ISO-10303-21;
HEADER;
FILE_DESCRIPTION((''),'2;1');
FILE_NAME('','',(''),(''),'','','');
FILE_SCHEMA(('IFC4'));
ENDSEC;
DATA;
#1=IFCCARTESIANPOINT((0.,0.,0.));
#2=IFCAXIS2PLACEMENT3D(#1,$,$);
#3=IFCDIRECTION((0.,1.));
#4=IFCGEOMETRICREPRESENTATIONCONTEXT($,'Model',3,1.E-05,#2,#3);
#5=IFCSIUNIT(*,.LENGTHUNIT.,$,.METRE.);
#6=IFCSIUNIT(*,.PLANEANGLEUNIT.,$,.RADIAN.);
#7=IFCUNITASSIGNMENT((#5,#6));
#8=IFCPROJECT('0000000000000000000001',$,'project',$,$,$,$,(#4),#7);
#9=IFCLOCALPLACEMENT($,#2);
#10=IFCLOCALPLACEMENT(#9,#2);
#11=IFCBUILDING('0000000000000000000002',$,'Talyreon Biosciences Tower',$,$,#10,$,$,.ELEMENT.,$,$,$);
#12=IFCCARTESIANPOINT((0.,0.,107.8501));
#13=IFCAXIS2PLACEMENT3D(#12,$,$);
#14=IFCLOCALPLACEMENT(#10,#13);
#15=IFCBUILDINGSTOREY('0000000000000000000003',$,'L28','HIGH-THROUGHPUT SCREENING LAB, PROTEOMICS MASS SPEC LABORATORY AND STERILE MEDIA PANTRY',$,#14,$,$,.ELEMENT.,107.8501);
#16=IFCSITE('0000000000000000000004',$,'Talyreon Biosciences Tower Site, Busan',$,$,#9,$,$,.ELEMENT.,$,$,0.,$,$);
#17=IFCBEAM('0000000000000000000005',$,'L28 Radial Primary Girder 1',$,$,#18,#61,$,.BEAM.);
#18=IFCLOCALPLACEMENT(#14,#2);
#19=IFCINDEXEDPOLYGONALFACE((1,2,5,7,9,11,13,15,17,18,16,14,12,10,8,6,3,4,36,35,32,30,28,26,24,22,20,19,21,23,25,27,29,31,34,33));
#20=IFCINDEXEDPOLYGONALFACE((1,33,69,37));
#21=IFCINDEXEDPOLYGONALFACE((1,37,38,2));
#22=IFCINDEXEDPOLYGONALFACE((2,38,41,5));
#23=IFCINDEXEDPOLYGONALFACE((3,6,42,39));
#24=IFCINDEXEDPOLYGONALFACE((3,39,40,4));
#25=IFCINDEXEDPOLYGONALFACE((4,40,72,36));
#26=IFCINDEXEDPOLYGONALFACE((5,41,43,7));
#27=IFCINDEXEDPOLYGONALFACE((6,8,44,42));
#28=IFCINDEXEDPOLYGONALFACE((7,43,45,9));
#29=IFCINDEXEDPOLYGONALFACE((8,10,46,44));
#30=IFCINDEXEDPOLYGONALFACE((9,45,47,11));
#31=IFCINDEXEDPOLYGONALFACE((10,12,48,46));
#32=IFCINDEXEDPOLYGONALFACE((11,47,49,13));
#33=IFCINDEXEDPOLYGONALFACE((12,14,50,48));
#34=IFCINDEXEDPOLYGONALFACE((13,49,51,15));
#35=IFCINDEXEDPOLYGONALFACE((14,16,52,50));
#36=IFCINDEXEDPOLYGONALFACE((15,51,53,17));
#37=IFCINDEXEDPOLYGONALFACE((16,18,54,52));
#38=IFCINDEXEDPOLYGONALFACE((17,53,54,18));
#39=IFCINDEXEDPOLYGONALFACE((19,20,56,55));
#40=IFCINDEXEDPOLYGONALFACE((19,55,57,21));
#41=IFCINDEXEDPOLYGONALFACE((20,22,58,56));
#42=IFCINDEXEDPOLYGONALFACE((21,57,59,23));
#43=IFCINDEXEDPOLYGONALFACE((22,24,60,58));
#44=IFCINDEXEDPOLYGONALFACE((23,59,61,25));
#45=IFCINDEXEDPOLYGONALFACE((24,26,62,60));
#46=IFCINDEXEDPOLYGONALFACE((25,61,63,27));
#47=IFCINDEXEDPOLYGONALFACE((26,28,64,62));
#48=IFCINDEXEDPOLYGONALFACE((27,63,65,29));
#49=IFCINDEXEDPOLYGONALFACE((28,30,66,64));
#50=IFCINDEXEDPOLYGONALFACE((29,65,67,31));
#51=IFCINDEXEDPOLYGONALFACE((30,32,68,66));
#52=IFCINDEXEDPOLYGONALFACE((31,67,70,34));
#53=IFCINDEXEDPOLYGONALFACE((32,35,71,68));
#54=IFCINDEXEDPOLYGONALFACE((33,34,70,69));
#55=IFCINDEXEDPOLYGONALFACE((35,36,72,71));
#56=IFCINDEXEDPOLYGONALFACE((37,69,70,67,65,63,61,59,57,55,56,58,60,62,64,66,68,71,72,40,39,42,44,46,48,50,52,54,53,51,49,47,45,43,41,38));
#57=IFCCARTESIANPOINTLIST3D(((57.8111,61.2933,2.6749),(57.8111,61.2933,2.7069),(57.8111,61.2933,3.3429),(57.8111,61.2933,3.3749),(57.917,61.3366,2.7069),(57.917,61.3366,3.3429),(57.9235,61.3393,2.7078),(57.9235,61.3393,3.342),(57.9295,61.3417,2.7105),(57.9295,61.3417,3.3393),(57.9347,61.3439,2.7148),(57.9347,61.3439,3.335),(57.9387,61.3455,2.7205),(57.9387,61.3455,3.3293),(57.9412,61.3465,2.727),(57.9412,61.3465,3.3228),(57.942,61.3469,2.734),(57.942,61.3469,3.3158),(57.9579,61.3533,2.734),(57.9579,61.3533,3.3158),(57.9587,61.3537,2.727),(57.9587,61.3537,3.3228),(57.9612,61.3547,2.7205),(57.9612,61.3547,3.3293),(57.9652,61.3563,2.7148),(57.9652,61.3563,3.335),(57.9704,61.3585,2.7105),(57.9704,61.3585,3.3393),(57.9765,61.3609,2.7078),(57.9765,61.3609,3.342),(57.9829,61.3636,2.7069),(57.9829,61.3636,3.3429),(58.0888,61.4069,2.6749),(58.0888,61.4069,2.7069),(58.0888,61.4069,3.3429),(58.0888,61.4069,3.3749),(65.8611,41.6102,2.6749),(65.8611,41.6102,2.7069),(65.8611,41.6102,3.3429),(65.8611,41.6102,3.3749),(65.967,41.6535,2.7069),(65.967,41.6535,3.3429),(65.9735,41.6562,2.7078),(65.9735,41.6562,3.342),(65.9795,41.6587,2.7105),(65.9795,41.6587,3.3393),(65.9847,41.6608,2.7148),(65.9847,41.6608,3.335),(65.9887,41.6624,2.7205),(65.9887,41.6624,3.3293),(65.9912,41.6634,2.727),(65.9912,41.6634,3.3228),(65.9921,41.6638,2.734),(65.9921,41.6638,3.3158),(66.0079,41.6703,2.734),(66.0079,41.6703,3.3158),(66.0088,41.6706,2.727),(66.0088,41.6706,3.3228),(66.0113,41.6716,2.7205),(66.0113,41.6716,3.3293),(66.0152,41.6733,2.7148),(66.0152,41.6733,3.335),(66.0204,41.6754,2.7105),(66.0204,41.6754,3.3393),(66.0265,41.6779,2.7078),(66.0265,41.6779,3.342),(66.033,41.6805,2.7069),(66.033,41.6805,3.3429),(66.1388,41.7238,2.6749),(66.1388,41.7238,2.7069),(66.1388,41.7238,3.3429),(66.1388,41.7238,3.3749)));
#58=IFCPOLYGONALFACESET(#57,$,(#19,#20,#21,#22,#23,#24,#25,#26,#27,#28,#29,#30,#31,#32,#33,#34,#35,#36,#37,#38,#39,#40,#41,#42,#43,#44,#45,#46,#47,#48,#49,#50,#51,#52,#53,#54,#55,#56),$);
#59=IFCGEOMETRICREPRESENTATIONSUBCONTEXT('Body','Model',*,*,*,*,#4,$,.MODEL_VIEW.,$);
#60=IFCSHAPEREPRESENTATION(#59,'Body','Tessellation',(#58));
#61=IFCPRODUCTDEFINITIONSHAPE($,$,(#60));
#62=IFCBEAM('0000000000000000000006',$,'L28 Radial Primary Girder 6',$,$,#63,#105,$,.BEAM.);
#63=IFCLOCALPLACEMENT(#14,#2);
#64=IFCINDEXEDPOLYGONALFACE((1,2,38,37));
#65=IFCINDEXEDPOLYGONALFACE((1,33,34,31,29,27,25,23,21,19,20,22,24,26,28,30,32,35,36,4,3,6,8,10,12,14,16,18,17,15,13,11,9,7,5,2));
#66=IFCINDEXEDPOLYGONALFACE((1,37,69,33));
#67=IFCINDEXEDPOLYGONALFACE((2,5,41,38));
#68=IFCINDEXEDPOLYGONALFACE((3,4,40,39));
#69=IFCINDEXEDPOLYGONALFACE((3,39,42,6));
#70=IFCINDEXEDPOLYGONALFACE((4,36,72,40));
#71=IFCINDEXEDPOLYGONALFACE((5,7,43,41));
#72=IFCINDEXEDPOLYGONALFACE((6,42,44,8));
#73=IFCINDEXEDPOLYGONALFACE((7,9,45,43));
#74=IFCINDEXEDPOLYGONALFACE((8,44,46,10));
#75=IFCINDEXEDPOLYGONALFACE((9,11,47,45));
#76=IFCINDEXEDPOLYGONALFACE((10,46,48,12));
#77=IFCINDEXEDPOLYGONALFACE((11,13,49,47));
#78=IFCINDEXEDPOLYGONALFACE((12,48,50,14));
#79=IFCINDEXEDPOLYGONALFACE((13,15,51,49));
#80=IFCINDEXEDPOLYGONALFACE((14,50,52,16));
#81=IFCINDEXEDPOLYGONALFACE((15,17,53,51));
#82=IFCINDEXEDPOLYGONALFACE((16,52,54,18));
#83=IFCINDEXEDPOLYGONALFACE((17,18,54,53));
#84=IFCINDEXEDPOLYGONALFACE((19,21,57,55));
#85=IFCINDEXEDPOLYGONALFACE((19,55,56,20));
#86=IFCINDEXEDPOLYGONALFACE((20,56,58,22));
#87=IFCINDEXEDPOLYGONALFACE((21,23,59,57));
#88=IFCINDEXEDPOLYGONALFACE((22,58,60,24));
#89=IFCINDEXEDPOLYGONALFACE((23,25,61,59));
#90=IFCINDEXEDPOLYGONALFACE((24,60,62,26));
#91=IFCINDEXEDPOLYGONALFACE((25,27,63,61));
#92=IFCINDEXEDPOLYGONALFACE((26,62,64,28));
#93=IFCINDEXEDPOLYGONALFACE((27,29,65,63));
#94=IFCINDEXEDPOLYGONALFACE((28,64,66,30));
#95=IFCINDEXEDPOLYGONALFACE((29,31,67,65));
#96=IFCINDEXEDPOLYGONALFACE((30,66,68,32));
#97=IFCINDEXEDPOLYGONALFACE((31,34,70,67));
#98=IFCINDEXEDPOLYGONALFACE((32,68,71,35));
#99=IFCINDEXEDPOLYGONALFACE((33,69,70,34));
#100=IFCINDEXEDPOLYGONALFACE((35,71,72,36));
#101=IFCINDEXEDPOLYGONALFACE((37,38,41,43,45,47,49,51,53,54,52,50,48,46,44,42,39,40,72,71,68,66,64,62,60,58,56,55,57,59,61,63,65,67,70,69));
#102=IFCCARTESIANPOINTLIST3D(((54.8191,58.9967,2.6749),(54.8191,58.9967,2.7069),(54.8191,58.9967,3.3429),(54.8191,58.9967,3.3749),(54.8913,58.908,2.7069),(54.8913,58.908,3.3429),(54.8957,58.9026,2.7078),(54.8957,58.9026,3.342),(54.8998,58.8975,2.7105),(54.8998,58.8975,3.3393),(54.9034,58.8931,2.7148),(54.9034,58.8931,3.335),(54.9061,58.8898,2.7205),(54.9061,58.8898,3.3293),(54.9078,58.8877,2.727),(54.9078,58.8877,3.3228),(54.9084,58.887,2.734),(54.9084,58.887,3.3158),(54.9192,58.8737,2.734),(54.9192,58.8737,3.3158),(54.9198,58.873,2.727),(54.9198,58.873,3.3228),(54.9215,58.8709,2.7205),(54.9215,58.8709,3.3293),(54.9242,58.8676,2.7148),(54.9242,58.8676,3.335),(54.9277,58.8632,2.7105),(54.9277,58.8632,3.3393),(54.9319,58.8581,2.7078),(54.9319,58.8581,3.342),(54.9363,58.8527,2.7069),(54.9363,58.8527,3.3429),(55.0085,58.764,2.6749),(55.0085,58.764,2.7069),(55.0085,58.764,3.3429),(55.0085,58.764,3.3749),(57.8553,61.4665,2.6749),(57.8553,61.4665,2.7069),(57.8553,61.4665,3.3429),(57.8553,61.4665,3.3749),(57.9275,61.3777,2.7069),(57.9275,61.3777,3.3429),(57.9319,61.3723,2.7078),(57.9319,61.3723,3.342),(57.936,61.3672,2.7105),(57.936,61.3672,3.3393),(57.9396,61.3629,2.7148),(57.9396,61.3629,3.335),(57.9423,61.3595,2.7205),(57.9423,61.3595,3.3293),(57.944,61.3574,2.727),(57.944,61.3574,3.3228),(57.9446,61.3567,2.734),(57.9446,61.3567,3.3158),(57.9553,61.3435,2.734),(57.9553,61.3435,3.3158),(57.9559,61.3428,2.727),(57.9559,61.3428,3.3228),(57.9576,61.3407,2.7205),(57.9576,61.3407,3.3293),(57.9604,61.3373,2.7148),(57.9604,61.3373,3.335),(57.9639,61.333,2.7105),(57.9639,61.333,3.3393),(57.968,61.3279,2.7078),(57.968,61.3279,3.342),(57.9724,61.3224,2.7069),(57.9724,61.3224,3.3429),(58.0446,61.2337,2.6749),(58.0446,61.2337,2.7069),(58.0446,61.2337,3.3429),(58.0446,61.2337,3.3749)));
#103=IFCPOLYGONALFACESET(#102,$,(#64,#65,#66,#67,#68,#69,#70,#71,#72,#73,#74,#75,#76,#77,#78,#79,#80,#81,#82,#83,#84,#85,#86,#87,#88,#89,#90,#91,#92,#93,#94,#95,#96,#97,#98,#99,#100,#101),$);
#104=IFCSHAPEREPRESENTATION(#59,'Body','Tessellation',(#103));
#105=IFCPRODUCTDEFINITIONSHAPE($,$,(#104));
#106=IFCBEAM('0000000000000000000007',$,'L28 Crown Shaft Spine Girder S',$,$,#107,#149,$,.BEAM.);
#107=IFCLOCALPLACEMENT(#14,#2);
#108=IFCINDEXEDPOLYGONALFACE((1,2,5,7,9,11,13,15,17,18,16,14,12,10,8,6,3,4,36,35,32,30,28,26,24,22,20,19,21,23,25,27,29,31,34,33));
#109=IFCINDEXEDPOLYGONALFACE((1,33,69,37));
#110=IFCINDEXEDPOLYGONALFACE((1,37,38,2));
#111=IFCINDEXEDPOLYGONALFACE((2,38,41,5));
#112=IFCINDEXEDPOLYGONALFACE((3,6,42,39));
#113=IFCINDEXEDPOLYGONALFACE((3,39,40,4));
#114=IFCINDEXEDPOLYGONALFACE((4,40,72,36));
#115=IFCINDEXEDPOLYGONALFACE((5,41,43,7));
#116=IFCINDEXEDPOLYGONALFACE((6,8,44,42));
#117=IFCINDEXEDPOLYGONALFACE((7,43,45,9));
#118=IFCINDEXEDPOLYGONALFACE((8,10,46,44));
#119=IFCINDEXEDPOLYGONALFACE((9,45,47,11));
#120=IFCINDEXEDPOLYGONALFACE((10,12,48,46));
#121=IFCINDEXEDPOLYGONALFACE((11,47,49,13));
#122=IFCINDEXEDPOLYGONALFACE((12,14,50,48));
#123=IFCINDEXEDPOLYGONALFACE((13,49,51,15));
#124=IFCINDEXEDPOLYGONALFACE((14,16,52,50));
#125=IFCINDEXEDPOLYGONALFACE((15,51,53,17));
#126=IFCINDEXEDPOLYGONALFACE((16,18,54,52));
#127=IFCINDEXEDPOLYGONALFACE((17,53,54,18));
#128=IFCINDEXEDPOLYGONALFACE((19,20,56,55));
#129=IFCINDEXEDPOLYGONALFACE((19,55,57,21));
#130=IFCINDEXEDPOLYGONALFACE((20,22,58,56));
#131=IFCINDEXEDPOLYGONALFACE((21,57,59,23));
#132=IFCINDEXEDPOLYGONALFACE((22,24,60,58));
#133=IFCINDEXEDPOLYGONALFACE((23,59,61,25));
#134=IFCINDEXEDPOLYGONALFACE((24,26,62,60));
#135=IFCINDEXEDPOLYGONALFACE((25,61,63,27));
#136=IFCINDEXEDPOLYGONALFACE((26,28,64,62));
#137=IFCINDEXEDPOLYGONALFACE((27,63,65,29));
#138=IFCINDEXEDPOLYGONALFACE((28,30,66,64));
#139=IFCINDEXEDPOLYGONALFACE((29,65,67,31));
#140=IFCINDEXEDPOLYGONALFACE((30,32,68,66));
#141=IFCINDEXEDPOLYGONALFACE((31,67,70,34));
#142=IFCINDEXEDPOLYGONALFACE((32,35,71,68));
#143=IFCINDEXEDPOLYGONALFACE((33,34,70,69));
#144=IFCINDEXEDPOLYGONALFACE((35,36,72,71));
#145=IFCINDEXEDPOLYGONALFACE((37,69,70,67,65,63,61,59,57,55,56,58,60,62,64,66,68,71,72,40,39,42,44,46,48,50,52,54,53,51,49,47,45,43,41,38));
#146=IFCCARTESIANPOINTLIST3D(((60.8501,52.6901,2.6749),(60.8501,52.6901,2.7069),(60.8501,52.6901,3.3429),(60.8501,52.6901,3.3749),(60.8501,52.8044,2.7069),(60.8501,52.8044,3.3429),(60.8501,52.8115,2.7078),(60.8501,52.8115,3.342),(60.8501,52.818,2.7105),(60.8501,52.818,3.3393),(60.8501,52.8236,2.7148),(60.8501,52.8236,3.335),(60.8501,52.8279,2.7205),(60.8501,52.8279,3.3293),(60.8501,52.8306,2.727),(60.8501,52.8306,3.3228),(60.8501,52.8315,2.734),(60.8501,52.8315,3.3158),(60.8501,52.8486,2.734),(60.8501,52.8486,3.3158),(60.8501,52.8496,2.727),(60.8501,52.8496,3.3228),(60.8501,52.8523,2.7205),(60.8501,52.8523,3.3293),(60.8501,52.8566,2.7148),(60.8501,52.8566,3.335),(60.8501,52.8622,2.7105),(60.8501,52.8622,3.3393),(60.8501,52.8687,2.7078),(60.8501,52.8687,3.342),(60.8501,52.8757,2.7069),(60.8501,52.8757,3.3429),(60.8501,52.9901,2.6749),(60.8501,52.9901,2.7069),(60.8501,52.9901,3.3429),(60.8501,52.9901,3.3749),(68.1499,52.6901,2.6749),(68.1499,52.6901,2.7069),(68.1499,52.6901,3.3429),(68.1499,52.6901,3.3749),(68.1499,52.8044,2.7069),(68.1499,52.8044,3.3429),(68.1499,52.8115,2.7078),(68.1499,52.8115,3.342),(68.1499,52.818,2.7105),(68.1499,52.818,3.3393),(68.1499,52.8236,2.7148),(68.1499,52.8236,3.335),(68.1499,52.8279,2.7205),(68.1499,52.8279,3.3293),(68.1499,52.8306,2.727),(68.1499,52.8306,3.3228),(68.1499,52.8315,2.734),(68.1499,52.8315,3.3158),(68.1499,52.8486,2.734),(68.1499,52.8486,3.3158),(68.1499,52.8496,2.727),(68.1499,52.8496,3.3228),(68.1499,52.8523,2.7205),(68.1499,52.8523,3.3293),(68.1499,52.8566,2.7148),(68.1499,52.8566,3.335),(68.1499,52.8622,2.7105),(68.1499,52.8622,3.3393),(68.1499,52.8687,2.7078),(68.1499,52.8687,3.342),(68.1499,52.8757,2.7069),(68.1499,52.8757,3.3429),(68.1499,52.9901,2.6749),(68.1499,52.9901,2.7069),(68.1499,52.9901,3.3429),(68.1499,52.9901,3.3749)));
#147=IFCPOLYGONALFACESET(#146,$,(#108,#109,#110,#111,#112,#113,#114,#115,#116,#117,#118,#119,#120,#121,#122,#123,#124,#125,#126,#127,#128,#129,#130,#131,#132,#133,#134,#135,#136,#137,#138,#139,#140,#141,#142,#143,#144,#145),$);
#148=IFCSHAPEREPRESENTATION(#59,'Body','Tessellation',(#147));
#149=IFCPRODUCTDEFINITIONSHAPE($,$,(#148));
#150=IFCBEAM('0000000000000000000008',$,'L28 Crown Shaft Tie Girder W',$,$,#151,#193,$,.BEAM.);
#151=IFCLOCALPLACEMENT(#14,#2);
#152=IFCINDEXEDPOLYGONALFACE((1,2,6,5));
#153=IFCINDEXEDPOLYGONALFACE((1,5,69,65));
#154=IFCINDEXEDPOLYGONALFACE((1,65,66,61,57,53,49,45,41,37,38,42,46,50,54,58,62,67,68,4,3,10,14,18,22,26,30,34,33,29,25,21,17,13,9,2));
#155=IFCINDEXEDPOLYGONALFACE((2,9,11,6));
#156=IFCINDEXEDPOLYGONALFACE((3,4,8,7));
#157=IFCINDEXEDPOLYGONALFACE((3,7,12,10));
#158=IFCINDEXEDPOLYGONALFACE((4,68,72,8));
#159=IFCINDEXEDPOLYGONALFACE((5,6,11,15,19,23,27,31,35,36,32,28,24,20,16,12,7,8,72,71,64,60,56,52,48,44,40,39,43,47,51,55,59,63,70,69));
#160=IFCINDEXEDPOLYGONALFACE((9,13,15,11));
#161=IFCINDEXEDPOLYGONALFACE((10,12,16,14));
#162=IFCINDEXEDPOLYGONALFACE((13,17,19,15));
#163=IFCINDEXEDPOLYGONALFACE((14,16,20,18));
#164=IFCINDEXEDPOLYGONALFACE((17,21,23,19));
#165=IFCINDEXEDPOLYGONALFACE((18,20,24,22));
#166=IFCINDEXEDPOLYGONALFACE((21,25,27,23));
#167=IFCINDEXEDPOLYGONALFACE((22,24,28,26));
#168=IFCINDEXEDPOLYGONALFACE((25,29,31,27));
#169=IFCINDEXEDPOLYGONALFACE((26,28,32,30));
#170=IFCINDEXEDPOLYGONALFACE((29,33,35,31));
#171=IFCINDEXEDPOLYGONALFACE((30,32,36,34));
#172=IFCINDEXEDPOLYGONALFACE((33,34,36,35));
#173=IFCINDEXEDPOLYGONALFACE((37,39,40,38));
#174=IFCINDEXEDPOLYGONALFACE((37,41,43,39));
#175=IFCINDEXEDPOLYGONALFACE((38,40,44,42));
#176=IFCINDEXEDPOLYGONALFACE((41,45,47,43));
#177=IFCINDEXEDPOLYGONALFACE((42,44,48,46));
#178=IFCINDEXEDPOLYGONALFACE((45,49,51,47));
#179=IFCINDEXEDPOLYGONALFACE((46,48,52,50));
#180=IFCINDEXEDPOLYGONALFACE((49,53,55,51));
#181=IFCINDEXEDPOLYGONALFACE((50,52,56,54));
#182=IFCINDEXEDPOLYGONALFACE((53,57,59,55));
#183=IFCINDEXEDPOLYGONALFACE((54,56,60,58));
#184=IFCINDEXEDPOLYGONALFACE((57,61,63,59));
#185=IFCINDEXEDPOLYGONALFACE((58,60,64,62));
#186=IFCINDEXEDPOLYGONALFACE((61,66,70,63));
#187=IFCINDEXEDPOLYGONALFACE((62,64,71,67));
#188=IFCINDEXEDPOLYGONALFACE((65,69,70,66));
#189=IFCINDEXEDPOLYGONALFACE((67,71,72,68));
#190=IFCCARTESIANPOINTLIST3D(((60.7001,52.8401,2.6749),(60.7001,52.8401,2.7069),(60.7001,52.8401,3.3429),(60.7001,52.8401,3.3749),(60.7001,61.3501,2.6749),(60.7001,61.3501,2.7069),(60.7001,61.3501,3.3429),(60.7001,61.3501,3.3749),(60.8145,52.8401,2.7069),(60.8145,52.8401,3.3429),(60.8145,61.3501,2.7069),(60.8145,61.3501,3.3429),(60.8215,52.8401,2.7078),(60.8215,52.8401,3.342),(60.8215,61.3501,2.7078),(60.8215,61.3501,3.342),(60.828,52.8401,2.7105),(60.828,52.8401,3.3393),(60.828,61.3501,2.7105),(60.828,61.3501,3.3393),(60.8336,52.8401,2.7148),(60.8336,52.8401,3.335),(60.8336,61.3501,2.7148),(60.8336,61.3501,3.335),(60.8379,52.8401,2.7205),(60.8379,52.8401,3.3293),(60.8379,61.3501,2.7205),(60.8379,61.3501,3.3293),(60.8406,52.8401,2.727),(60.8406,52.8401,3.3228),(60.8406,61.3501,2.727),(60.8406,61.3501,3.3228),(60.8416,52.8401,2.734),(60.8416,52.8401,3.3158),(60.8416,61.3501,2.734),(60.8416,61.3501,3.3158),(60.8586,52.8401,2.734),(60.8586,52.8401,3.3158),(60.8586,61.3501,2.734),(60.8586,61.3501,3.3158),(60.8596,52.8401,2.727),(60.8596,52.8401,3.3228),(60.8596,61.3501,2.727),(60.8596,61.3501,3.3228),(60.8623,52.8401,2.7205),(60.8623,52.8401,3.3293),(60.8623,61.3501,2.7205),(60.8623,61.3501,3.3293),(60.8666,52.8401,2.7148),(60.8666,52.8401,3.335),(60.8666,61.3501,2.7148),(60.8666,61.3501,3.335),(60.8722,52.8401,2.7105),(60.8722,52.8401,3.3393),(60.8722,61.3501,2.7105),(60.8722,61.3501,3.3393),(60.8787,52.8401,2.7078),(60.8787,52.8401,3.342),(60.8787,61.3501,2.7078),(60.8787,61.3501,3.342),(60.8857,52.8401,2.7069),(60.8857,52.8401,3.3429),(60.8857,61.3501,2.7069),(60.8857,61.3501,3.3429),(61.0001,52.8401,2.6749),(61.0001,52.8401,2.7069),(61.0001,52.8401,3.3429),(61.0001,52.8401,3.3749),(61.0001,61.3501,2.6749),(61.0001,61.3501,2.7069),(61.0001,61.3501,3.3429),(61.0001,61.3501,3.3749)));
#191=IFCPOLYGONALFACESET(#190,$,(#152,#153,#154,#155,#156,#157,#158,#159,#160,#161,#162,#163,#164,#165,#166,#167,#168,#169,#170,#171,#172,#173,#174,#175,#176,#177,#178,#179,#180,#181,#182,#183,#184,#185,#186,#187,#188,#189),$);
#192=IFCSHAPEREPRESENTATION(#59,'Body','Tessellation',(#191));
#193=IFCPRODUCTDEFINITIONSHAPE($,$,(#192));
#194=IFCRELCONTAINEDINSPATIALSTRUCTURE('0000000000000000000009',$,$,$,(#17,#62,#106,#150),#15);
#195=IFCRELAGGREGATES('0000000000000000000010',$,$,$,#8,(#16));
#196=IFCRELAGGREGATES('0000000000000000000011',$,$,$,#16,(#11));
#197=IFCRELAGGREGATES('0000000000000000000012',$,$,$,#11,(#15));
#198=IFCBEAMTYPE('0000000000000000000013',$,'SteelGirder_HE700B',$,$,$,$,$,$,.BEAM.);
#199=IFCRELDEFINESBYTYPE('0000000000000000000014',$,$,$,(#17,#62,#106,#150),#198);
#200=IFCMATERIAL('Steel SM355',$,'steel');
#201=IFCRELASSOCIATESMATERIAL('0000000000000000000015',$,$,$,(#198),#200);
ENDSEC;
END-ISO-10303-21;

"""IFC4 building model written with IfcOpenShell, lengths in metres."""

from ifc_helpers import new_model, si_unit, direction, frame, origin, origin_2d, place, context, subcontext, project, spatial, i_section, extrude, material, material_profile, profile_set, type_object, element, save


model = new_model("IFC4")

# Units and contexts
model_context = context("Model", 3, precision=1e-05, world=origin(), true_north=direction((0.0, 1.0)))
body_context = subcontext(model_context, "Body", "Model", "MODEL_VIEW")
ifc_project = project(units=[si_unit("LENGTHUNIT", "METRE"), si_unit("PLANEANGLEUNIT", "RADIAN")], contexts=[model_context])

# Site, building, storey
site_placement = place(None, origin())
site = spatial("IfcSite", under=ifc_project, at=site_placement, Name="Talyreon Biosciences Tower Site, Busan", CompositionType="ELEMENT", RefElevation=0.0)
building_placement = place(site_placement, origin())
building = spatial("IfcBuilding", under=site, at=building_placement, Name="Talyreon Biosciences Tower", CompositionType="ELEMENT")
storey_placement = place(building_placement, frame((0.0, 0.0, 107.8501)))
storey = spatial("IfcBuildingStorey", under=building, at=storey_placement, Name="L28", Description="HIGH-THROUGHPUT SCREENING LAB, PROTEOMICS MASS SPEC LABORATORY AND STERILE MEDIA PANTRY", CompositionType="ELEMENT", Elevation=107.8501)

# Beams
ifc_material_1 = material(Name="Steel SM355", Category="steel")
ifc_material_profile_1 = material_profile(ifc_material_1, i_section(OverallWidth=0.3, OverallDepth=0.7, WebThickness=0.0171, FlangeThickness=0.032, FilletRadius=0.0271, at=origin_2d()), Name="HE700B")
ifc_profile_set_1 = profile_set([ifc_material_profile_1], Name="Steel SM355")
beam_type_1 = type_object("IfcBeamType", Name="SteelGirder_HE700B", PredefinedType="BEAM", material=ifc_profile_set_1)
beam_1_placement = place(storey_placement, frame((57.95, 61.3501, 3.0249), z_axis=(0.378547, -0.925582, 0.0), x_axis=(0.925582, 0.378547, 0.0)))
element("IfcBeam", 1, at=beam_1_placement, inside=storey, type_object=beam_type_1, Name="L28 Radial Primary Girder 1", PredefinedType="BEAM", context=body_context, shape_type="SweptSolid", body=[
    extrude(i_section(OverallWidth=0.3, OverallDepth=0.7, WebThickness=0.0171, FlangeThickness=0.032, FilletRadius=0.0271, at=origin_2d()), origin(), (0.0, 0.0, 1.0), 21.2656),
])
beam_2_placement = place(storey_placement, frame((57.95, 61.3501, 3.0249), z_axis=(-0.775755, -0.631034, 0.0), x_axis=(0.631034, -0.775755, 0.0)))
element("IfcBeam", 2, at=beam_2_placement, inside=storey, type_object=beam_type_1, Name="L28 Radial Primary Girder 6", PredefinedType="BEAM", context=body_context, shape_type="SweptSolid", body=[
    extrude(i_section(OverallWidth=0.3, OverallDepth=0.7, WebThickness=0.0171, FlangeThickness=0.032, FilletRadius=0.0271, at=origin_2d()), origin(), (0.0, 0.0, 1.0), 3.9138),
])
beam_3_placement = place(storey_placement, frame((60.8501, 52.8401, 3.0249), z_axis=(1.0, 0.0, 0.0), x_axis=(0.0, 1.0, 0.0)))
element("IfcBeam", 3, at=beam_3_placement, inside=storey, type_object=beam_type_1, Name="L28 Crown Shaft Spine Girder S", PredefinedType="BEAM", context=body_context, shape_type="SweptSolid", body=[
    extrude(i_section(OverallWidth=0.3, OverallDepth=0.7, WebThickness=0.0171, FlangeThickness=0.032, FilletRadius=0.0271, at=origin_2d()), origin(), (0.0, 0.0, 1.0), 7.2998),
])
beam_4_placement = place(storey_placement, frame((60.8501, 52.8401, 3.0249), z_axis=(0.0, 1.0, 0.0), x_axis=(-1.0, 0.0, 0.0)))
element("IfcBeam", 4, at=beam_4_placement, inside=storey, type_object=beam_type_1, Name="L28 Crown Shaft Tie Girder W", PredefinedType="BEAM", context=body_context, shape_type="SweptSolid", body=[
    extrude(i_section(OverallWidth=0.3, OverallDepth=0.7, WebThickness=0.0171, FlangeThickness=0.032, FilletRadius=0.0271, at=origin_2d()), origin(), (0.0, 0.0, 1.0), 8.51),
])

save(model, "model.ifc")
